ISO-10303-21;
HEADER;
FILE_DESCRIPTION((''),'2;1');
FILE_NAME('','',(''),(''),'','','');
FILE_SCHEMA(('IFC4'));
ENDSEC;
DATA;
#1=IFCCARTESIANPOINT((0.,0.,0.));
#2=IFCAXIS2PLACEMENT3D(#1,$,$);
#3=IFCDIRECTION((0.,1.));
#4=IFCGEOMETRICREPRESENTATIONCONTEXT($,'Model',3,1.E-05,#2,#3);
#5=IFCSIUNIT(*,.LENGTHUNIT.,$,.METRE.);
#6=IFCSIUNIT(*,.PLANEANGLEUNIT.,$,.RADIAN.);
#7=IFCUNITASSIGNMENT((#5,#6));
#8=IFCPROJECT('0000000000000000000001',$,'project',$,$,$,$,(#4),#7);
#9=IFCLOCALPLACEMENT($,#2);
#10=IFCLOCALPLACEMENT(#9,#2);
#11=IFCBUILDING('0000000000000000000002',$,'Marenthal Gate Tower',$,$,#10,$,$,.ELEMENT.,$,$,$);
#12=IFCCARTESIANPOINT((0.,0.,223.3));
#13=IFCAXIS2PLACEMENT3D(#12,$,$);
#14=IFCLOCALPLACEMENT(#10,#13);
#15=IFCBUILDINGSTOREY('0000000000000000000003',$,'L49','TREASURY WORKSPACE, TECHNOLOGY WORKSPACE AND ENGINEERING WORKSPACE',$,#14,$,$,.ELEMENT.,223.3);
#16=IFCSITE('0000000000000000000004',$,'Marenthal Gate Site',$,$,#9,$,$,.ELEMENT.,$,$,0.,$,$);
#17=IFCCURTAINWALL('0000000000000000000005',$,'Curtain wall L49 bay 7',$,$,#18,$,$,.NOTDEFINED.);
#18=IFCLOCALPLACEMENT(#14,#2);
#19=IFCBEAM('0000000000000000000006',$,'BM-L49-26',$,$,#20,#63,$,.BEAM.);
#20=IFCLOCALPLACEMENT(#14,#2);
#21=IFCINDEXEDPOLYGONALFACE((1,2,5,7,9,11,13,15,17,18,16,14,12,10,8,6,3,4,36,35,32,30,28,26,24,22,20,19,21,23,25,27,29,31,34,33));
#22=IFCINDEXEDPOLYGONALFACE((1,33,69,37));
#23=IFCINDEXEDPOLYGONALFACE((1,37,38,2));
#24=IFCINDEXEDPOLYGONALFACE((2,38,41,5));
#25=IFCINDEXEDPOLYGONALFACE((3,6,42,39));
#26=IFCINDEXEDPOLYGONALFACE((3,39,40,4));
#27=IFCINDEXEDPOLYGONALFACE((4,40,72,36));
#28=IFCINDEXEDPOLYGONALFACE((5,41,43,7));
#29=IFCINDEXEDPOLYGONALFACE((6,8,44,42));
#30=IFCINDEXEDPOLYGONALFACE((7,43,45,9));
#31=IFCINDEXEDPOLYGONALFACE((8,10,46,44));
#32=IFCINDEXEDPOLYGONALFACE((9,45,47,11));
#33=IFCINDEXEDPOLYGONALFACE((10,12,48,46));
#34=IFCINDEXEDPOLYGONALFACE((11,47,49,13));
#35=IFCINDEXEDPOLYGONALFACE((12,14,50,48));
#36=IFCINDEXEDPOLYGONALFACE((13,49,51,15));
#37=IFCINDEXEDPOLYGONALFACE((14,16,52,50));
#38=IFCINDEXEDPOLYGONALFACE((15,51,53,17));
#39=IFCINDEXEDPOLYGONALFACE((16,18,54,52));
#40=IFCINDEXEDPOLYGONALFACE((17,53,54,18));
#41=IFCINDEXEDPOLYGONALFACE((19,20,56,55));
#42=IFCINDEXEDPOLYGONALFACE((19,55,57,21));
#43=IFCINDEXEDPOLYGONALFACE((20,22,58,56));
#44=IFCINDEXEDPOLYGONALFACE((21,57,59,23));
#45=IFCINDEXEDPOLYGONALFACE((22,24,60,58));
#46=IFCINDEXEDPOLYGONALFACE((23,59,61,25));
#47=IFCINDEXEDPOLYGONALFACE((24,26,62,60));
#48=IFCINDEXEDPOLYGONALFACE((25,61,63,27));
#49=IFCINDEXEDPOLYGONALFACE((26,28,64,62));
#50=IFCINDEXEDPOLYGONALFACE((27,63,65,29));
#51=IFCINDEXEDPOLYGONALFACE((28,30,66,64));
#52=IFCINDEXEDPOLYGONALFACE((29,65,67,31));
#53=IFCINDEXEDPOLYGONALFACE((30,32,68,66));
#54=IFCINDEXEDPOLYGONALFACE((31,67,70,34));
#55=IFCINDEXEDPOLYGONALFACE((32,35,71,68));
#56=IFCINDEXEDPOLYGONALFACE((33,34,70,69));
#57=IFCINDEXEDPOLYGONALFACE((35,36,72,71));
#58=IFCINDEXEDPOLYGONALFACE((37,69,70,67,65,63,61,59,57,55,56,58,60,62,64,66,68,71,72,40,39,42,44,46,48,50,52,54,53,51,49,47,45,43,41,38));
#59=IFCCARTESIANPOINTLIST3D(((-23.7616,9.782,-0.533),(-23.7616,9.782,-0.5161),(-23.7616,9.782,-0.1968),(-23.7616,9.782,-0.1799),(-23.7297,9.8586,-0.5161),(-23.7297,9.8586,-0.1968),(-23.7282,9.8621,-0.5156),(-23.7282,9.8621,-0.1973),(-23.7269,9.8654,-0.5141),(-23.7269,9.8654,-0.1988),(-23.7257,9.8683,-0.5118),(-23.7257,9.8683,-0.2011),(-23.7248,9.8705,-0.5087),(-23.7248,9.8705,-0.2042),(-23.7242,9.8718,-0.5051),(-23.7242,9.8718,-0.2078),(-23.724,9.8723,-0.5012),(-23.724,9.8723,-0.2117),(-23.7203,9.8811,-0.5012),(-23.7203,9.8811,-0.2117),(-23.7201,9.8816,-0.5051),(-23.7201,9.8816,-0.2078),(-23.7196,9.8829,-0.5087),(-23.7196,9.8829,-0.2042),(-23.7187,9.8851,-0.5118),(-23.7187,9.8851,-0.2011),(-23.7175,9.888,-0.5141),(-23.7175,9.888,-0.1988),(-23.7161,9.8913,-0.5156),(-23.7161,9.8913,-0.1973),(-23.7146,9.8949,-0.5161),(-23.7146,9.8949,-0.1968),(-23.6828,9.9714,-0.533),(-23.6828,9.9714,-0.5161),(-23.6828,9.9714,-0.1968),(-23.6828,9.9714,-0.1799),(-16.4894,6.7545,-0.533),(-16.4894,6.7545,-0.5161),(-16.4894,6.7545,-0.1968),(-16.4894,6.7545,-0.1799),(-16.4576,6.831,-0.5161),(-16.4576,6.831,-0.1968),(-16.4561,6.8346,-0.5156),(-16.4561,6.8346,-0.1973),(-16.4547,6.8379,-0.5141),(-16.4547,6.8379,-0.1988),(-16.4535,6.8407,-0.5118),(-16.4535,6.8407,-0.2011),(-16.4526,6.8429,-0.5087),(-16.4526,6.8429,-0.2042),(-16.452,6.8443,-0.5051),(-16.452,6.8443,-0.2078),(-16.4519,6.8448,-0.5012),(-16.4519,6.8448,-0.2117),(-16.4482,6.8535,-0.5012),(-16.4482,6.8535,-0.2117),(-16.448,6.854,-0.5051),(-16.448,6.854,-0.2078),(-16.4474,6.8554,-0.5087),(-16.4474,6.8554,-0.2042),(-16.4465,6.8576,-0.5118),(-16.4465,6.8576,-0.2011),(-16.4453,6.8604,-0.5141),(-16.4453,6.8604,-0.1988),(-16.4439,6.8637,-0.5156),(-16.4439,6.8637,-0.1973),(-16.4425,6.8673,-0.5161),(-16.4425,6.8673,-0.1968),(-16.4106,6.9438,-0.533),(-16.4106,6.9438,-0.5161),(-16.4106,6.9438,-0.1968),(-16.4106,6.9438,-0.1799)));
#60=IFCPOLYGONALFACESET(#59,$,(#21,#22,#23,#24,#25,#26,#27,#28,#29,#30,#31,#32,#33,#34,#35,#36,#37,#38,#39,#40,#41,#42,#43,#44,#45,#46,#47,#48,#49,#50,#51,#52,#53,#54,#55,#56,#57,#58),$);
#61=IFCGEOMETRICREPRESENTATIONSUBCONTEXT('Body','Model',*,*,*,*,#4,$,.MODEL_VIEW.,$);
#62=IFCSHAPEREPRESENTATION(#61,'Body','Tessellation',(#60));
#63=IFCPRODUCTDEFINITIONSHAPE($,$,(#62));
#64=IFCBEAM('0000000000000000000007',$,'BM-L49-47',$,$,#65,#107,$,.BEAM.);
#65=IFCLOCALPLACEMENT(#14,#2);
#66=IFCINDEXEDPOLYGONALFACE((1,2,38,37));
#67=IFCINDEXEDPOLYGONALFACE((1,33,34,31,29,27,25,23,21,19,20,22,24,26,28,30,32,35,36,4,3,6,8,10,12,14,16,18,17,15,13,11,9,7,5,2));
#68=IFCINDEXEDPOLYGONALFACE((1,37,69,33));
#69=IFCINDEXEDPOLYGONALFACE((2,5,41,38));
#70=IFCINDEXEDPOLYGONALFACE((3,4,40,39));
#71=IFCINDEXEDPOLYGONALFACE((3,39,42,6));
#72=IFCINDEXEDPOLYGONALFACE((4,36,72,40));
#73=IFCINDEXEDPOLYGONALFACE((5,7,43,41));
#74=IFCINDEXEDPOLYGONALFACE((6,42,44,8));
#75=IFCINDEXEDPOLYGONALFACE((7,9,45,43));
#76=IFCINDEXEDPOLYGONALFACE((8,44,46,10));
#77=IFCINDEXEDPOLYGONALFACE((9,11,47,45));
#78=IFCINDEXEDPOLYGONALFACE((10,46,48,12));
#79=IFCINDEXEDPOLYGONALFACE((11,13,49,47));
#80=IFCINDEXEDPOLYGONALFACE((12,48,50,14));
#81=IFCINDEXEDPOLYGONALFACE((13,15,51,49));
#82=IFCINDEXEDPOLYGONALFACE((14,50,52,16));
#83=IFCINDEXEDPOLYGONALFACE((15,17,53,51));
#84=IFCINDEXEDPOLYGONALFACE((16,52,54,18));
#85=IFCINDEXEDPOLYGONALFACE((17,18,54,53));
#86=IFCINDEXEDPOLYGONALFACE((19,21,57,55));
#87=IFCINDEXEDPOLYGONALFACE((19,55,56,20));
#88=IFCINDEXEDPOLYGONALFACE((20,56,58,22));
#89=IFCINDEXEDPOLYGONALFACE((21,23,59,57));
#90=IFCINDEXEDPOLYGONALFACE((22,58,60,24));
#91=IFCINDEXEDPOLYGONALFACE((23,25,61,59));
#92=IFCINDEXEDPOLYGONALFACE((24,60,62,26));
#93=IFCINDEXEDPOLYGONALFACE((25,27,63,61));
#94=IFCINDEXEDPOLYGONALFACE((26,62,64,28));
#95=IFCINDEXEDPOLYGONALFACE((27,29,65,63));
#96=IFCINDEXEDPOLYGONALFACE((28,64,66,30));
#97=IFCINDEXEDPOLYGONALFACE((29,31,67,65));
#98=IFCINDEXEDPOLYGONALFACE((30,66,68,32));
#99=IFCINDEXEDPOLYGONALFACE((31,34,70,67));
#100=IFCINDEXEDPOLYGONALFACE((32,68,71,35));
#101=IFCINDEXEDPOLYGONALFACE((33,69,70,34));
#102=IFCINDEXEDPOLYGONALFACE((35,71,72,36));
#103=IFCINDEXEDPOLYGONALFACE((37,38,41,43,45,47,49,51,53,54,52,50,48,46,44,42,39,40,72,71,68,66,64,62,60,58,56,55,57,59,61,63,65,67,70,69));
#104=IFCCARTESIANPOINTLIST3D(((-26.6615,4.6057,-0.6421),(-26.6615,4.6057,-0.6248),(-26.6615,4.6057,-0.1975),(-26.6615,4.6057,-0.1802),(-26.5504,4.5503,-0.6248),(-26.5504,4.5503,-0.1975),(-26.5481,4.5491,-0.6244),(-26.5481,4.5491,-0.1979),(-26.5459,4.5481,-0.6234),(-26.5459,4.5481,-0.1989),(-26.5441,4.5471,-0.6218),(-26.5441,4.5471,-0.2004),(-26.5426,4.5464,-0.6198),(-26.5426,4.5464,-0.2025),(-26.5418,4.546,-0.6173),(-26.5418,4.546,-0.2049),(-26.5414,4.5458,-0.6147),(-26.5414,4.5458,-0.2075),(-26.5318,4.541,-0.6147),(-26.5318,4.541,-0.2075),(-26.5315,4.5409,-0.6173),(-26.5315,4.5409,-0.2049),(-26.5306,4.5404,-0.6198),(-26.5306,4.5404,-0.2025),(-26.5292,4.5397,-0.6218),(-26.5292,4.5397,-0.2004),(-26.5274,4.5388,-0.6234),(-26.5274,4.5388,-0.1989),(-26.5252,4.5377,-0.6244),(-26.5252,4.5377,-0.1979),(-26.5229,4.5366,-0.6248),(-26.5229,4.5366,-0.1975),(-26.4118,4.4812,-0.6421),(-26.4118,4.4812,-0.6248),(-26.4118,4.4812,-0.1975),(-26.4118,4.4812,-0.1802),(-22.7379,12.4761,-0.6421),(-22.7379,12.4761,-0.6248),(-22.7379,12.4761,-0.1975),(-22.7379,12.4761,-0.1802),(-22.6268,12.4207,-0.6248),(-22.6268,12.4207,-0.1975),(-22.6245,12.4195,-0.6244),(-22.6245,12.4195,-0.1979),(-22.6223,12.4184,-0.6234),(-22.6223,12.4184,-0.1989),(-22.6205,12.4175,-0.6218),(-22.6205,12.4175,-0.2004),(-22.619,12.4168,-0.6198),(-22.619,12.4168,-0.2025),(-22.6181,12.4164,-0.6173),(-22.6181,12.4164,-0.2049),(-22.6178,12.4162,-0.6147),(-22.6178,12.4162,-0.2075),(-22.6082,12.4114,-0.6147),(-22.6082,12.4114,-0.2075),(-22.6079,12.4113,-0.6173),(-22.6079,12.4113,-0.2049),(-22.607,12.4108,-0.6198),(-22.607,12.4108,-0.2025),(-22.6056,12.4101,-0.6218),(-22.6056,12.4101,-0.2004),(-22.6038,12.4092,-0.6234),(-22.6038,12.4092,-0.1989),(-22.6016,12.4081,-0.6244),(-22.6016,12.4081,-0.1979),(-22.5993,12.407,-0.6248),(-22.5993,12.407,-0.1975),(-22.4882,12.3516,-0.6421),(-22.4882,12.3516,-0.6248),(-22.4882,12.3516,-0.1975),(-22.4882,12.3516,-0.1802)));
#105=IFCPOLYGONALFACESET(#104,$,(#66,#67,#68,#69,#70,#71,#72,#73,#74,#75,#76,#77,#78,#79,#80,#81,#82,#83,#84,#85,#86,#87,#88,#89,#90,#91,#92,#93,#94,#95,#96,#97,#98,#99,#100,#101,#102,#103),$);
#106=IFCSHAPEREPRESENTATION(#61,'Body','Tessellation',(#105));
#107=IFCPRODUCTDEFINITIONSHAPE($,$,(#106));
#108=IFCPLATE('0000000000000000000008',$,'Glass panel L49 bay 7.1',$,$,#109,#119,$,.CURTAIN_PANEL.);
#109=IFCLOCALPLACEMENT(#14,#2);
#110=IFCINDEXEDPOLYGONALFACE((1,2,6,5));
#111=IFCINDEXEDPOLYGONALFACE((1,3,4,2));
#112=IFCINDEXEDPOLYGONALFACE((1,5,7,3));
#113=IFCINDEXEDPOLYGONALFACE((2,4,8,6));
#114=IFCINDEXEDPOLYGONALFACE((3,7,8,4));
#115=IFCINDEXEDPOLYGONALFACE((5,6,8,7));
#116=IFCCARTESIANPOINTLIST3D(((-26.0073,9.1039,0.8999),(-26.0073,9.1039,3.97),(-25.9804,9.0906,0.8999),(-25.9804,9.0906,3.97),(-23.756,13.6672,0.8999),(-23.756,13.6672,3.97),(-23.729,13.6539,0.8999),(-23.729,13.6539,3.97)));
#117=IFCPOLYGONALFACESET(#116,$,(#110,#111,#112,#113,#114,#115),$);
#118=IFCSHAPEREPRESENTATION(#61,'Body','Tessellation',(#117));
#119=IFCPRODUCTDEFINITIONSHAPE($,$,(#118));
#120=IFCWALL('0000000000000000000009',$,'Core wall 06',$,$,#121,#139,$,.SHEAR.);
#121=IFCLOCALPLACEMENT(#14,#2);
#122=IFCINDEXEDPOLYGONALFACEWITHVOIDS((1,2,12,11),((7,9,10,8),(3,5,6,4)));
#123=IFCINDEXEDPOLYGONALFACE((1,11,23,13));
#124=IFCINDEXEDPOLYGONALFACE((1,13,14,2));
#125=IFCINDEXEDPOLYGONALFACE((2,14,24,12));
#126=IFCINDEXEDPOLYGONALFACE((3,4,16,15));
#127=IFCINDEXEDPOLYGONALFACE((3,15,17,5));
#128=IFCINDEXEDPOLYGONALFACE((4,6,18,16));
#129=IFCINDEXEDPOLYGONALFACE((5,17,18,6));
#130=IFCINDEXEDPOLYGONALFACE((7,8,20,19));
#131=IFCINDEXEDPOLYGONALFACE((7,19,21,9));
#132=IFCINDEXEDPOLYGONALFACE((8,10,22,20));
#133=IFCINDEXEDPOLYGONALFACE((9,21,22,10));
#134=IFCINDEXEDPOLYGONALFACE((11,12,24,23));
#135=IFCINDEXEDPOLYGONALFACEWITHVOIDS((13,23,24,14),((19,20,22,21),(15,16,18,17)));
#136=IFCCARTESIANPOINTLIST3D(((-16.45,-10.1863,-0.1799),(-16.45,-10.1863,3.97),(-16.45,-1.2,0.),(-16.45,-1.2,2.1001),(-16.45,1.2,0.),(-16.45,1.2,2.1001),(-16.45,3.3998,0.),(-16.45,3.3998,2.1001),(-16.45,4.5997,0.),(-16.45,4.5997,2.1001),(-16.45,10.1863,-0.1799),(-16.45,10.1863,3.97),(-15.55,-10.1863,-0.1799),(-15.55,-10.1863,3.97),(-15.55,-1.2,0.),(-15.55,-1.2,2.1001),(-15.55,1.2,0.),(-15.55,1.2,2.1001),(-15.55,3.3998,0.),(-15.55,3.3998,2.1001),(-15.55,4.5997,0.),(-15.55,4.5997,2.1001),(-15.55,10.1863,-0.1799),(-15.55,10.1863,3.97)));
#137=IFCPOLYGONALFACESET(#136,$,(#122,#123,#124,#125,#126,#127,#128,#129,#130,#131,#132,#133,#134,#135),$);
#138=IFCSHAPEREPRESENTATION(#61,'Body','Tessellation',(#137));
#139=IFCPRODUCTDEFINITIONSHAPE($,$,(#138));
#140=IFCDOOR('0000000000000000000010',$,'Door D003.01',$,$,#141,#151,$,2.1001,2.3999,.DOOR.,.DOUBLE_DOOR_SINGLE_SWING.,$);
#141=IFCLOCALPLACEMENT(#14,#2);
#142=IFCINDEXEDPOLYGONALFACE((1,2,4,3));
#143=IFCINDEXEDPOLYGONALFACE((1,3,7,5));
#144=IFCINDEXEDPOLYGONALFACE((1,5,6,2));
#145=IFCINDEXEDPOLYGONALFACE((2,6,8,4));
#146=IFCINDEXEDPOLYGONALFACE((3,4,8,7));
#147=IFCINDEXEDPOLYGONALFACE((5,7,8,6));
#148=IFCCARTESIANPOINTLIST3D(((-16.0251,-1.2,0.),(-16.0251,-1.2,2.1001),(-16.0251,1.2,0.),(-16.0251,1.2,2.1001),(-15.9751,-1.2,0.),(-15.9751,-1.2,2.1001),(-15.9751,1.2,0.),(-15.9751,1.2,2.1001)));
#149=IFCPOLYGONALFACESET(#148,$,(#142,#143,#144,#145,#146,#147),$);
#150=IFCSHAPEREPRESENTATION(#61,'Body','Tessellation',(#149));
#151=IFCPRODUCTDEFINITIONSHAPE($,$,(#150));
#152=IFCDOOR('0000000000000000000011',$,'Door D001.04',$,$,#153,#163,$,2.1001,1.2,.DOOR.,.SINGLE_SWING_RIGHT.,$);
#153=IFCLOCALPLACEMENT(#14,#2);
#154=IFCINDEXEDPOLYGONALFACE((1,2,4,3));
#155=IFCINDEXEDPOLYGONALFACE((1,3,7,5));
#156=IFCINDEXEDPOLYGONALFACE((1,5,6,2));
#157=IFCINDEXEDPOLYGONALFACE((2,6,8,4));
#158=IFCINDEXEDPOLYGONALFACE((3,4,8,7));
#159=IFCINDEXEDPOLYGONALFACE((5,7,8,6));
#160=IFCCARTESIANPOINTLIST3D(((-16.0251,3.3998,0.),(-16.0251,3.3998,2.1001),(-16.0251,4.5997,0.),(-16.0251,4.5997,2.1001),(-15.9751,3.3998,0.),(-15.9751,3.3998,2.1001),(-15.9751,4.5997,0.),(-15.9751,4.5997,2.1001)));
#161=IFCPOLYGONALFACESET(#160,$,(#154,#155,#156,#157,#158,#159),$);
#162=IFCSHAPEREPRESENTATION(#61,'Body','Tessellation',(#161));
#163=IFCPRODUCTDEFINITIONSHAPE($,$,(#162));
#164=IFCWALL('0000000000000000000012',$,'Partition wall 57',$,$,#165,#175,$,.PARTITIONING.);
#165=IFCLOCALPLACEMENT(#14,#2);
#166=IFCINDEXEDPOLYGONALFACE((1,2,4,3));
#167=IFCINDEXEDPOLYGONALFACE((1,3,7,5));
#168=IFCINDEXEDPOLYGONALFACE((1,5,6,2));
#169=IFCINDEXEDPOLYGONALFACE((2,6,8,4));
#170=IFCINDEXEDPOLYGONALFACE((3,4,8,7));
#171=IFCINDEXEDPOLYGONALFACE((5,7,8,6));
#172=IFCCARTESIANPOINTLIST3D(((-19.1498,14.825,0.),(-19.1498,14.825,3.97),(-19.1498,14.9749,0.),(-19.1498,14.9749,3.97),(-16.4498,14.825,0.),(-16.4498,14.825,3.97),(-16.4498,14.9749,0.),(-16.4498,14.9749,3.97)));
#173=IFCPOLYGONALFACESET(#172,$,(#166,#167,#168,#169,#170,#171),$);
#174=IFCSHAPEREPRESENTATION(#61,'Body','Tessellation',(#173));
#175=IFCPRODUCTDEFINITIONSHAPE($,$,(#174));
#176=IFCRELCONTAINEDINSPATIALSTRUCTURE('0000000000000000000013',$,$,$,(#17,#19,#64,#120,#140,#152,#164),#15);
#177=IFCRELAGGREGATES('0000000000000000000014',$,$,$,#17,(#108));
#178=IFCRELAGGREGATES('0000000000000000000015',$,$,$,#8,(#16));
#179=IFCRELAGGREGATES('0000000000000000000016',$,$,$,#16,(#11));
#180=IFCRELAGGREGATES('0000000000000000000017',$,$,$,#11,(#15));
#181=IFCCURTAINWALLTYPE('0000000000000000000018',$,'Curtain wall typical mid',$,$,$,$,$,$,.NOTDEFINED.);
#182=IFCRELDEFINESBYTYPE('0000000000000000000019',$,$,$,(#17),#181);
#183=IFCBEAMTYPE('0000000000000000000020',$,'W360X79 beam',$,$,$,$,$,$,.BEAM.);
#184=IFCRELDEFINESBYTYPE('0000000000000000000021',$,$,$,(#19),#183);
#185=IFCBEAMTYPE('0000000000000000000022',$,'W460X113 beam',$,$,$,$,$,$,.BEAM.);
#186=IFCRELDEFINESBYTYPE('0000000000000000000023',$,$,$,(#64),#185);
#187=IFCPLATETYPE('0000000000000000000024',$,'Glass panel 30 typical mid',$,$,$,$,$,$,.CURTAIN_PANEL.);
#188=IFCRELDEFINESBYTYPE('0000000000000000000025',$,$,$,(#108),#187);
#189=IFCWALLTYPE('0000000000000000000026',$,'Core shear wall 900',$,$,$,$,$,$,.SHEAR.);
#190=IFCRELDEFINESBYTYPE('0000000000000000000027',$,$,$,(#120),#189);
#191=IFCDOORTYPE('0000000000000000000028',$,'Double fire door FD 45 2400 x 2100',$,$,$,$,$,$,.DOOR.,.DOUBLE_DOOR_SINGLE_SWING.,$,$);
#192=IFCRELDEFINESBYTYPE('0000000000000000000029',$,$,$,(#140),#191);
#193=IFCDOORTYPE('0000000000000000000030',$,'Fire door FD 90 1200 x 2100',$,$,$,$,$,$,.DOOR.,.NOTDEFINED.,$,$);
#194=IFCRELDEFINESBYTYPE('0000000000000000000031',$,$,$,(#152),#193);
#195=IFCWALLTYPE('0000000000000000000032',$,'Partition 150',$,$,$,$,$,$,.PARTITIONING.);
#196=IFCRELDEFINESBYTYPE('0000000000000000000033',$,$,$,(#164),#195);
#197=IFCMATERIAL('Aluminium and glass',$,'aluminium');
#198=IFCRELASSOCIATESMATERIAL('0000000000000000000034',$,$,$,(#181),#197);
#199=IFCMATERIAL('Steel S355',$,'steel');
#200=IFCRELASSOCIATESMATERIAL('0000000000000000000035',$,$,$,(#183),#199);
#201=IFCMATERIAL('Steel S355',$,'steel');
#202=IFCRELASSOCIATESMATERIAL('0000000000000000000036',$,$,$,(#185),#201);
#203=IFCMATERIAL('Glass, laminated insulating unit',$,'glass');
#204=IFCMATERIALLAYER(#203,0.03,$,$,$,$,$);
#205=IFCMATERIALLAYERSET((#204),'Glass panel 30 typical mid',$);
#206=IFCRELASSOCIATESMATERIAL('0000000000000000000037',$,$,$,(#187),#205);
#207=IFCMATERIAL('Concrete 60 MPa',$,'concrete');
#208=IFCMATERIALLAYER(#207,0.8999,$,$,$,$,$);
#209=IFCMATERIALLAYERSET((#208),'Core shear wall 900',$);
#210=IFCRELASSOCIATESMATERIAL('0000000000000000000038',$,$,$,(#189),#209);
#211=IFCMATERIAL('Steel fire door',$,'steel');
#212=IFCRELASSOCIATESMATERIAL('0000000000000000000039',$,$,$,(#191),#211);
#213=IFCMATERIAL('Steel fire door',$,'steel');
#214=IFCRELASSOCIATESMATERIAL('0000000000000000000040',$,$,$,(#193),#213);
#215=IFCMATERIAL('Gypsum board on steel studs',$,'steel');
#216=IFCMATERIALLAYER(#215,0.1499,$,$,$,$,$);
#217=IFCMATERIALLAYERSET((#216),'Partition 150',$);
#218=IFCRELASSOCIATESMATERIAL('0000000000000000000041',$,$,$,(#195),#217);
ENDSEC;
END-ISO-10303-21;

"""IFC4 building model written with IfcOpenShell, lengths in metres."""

from ifc_helpers import new_model, si_unit, direction, frame, frame_2d, origin, origin_2d, place, context, subcontext, project, spatial, rectangle, i_section, extrude, material, layer, layer_set, material_profile, profile_set, type_object, element, fill, aggregate, save


model = new_model("IFC4")

# Units and contexts
model_context = context("Model", 3, precision=1e-05, world=origin(), true_north=direction((0.0, 1.0)))
body_context = subcontext(model_context, "Body", "Model", "MODEL_VIEW")
ifc_project = project(units=[si_unit("LENGTHUNIT", "METRE"), si_unit("PLANEANGLEUNIT", "RADIAN")], contexts=[model_context])

# Site, building, storey
site_placement = place(None, origin())
site = spatial("IfcSite", under=ifc_project, at=site_placement, Name="Marenthal Gate Site", CompositionType="ELEMENT", RefElevation=0.0)
building_placement = place(site_placement, origin())
building = spatial("IfcBuilding", under=site, at=building_placement, Name="Marenthal Gate Tower", CompositionType="ELEMENT")
storey_placement = place(building_placement, frame((0.0, 0.0, 223.3)))
storey = spatial("IfcBuildingStorey", under=building, at=storey_placement, Name="L49", Description="TREASURY WORKSPACE, TECHNOLOGY WORKSPACE AND ENGINEERING WORKSPACE", CompositionType="ELEMENT", Elevation=223.3)

# Curtain wall
ifc_material_1 = material(Name="Aluminium and glass", Category="aluminium")
curtain_wall_type = type_object("IfcCurtainWallType", Name="Curtain wall typical mid", PredefinedType="NOTDEFINED", material=ifc_material_1)
curtain_wall_placement = place(storey_placement, origin())
curtain_wall = element("IfcCurtainWall", 1, at=curtain_wall_placement, inside=storey, type_object=curtain_wall_type, Name="Curtain wall L49 bay 7", PredefinedType="NOTDEFINED")

# Beams
ifc_material_2 = material(Name="Steel S355", Category="steel")
ifc_material_profile_1 = material_profile(ifc_material_2, i_section(OverallWidth=0.2051, OverallDepth=0.353, WebThickness=0.0095, FlangeThickness=0.0168, FilletRadius=0.0149, at=origin_2d()), Name="W360X79")
ifc_profile_set_1 = profile_set([ifc_material_profile_1], Name="Steel S355")
beam_type_1 = type_object("IfcBeamType", Name="W360X79 beam", PredefinedType="BEAM", material=ifc_profile_set_1)
beam_1_placement = place(storey_placement, frame((-23.7222, 9.8767, -0.3564), z_axis=(0.92319, -0.384345, 0.0), x_axis=(0.384345, 0.92319, 0.0)))
element("IfcBeam", 2, at=beam_1_placement, inside=storey, type_object=beam_type_1, Name="BM-L49-26", PredefinedType="BEAM", context=body_context, shape_type="SweptSolid", body=[
    extrude(i_section(OverallWidth=0.2051, OverallDepth=0.353, WebThickness=0.0095, FlangeThickness=0.0168, FilletRadius=0.0149, at=origin_2d()), origin(), (0.0, 0.0, 1.0), 7.8772),
])
ifc_material_3 = material(Name="Steel S355", Category="steel")
ifc_material_profile_2 = material_profile(ifc_material_3, i_section(OverallWidth=0.2791, OverallDepth=0.4619, WebThickness=0.0107, FlangeThickness=0.0173, FilletRadius=0.01, at=origin_2d()), Name="W460X113")
ifc_profile_set_2 = profile_set([ifc_material_profile_2], Name="Steel S355")
beam_type_2 = type_object("IfcBeamType", Name="W460X113 beam", PredefinedType="BEAM", material=ifc_profile_set_2)
beam_2_placement = place(storey_placement, frame((-22.613, 12.4138, -0.4111), z_axis=(-0.446158, -0.894954, 0.0), x_axis=(0.894954, -0.446158, 0.0)))
element("IfcBeam", 3, at=beam_2_placement, inside=storey, type_object=beam_type_2, Name="BM-L49-47", PredefinedType="BEAM", context=body_context, shape_type="SweptSolid", body=[
    extrude(i_section(OverallWidth=0.2791, OverallDepth=0.4619, WebThickness=0.0107, FlangeThickness=0.0173, FilletRadius=0.01, at=origin_2d()), origin(), (0.0, 0.0, 1.0), 8.7942),
])

# Plate
ifc_material_4 = material(Name="Glass, laminated insulating unit", Category="glass")
ifc_layer_1 = layer(ifc_material_4, 0.03)
ifc_layer_set_1 = layer_set([ifc_layer_1], Name="Glass panel 30 typical mid")
plate_type = type_object("IfcPlateType", Name="Glass panel 30 typical mid", PredefinedType="CURTAIN_PANEL", material=ifc_layer_set_1)
plate_placement = place(storey_placement, frame((-24.8682, 11.3789, 0.8999), z_axis=(0.0, 0.0, 1.0), x_axis=(-0.442441, -0.896798, 0.0)))
plate = element("IfcPlate", 4, at=plate_placement, type_object=plate_type, Name="Glass panel L49 bay 7.1", PredefinedType="CURTAIN_PANEL", context=body_context, shape_type="SweptSolid", body=[
    extrude(rectangle(XDim=5.0884, YDim=0.03, at=origin_2d()), origin(), (0.0, 0.0, 1.0), 3.0701),
])
aggregate(curtain_wall, [plate])

# Wall, openings, doors
ifc_material_5 = material(Name="Concrete 60 MPa", Category="concrete")
ifc_layer_2 = layer(ifc_material_5, 0.8999)
ifc_layer_set_2 = layer_set([ifc_layer_2], Name="Core shear wall 900")
wall_type_1 = type_object("IfcWallType", Name="Core shear wall 900", PredefinedType="SHEAR", material=ifc_layer_set_2)
wall_1_placement = place(storey_placement, frame((-16.0, 10.1863, -0.1799), z_axis=(0.0, 0.0, 1.0), x_axis=(0.0, -1.0, 0.0)))
wall_1 = element("IfcWall", 5, at=wall_1_placement, inside=storey, type_object=wall_type_1, Name="Core wall 06", PredefinedType="SHEAR", context=body_context, shape_type="SweptSolid", body=[
    extrude(rectangle(XDim=20.3726, YDim=0.8999, at=frame_2d((10.1863, 0.0))), origin(), (0.0, 0.0, 1.0), 4.1499),
])
opening_1_placement = place(wall_1_placement, frame((8.9863, 0.0, 0.1799)))
opening_1 = element("IfcOpeningElement", 6, at=opening_1_placement, cuts=wall_1, PredefinedType="OPENING", context=body_context, shape_type="SweptSolid", body=[
    extrude(rectangle(XDim=2.3999, YDim=2.1001, at=frame_2d((1.2, 1.05))), frame((0.0, 0.46, 0.0), z_axis=(0.0, -1.0, 0.0), x_axis=(1.0, 0.0, 0.0)), (0.0, 0.0, 1.0), 0.9199),
])
opening_2_placement = place(wall_1_placement, frame((5.5864, 0.0, 0.1799)))
opening_2 = element("IfcOpeningElement", 7, at=opening_2_placement, cuts=wall_1, PredefinedType="OPENING", context=body_context, shape_type="SweptSolid", body=[
    extrude(rectangle(XDim=1.2, YDim=2.1001, at=frame_2d((0.6001, 1.05))), frame((0.0, 0.46, 0.0), z_axis=(0.0, -1.0, 0.0), x_axis=(1.0, 0.0, 0.0)), (0.0, 0.0, 1.0), 0.9199),
])
ifc_material_6 = material(Name="Steel fire door", Category="steel")
door_type_1 = type_object("IfcDoorType", Name="Double fire door FD 45 2400 x 2100", OperationType="DOUBLE_DOOR_SINGLE_SWING", PredefinedType="DOOR", material=ifc_material_6)
door_1_placement = place(opening_1_placement, origin())
door_1 = element("IfcDoor", 8, at=door_1_placement, inside=storey, type_object=door_type_1, Name="Door D003.01", OperationType="DOUBLE_DOOR_SINGLE_SWING", OverallHeight=2.1001, OverallWidth=2.3999, PredefinedType="DOOR", context=body_context, shape_type="SweptSolid", body=[
    extrude(rectangle(XDim=2.3999, YDim=2.1001, at=frame_2d((1.2, 1.05))), frame((0.0, 0.0249, 0.0), z_axis=(0.0, -1.0, 0.0), x_axis=(1.0, 0.0, 0.0)), (0.0, 0.0, 1.0), 0.05),
])
fill(opening_1, door_1)
ifc_material_7 = material(Name="Steel fire door", Category="steel")
door_type_2 = type_object("IfcDoorType", Name="Fire door FD 90 1200 x 2100", OperationType="NOTDEFINED", PredefinedType="DOOR", material=ifc_material_7)
door_2_placement = place(opening_2_placement, origin())
door_2 = element("IfcDoor", 9, at=door_2_placement, inside=storey, type_object=door_type_2, Name="Door D001.04", OperationType="SINGLE_SWING_RIGHT", OverallHeight=2.1001, OverallWidth=1.2, PredefinedType="DOOR", context=body_context, shape_type="SweptSolid", body=[
    extrude(rectangle(XDim=1.2, YDim=2.1001, at=frame_2d((0.6001, 1.05))), frame((0.0, 0.0249, 0.0), z_axis=(0.0, -1.0, 0.0), x_axis=(1.0, 0.0, 0.0)), (0.0, 0.0, 1.0), 0.05),
])
fill(opening_2, door_2)

# Wall
ifc_material_8 = material(Name="Gypsum board on steel studs", Category="steel")
ifc_layer_3 = layer(ifc_material_8, 0.1499)
ifc_layer_set_3 = layer_set([ifc_layer_3], Name="Partition 150")
wall_type_2 = type_object("IfcWallType", Name="Partition 150", PredefinedType="PARTITIONING", material=ifc_layer_set_3)
wall_2_placement = place(storey_placement, frame((-19.1499, 14.8999, 0.0), z_axis=(0.0, 0.0, 1.0), x_axis=(1.0, 0.0, 0.0)))
element("IfcWall", 10, at=wall_2_placement, inside=storey, type_object=wall_type_2, Name="Partition wall 57", PredefinedType="PARTITIONING", context=body_context, shape_type="SweptSolid", body=[
    extrude(rectangle(XDim=2.7, YDim=0.1499, at=frame_2d((1.3501, 0.0))), origin(), (0.0, 0.0, 1.0), 3.97),
])

save(model, "model.ifc")
